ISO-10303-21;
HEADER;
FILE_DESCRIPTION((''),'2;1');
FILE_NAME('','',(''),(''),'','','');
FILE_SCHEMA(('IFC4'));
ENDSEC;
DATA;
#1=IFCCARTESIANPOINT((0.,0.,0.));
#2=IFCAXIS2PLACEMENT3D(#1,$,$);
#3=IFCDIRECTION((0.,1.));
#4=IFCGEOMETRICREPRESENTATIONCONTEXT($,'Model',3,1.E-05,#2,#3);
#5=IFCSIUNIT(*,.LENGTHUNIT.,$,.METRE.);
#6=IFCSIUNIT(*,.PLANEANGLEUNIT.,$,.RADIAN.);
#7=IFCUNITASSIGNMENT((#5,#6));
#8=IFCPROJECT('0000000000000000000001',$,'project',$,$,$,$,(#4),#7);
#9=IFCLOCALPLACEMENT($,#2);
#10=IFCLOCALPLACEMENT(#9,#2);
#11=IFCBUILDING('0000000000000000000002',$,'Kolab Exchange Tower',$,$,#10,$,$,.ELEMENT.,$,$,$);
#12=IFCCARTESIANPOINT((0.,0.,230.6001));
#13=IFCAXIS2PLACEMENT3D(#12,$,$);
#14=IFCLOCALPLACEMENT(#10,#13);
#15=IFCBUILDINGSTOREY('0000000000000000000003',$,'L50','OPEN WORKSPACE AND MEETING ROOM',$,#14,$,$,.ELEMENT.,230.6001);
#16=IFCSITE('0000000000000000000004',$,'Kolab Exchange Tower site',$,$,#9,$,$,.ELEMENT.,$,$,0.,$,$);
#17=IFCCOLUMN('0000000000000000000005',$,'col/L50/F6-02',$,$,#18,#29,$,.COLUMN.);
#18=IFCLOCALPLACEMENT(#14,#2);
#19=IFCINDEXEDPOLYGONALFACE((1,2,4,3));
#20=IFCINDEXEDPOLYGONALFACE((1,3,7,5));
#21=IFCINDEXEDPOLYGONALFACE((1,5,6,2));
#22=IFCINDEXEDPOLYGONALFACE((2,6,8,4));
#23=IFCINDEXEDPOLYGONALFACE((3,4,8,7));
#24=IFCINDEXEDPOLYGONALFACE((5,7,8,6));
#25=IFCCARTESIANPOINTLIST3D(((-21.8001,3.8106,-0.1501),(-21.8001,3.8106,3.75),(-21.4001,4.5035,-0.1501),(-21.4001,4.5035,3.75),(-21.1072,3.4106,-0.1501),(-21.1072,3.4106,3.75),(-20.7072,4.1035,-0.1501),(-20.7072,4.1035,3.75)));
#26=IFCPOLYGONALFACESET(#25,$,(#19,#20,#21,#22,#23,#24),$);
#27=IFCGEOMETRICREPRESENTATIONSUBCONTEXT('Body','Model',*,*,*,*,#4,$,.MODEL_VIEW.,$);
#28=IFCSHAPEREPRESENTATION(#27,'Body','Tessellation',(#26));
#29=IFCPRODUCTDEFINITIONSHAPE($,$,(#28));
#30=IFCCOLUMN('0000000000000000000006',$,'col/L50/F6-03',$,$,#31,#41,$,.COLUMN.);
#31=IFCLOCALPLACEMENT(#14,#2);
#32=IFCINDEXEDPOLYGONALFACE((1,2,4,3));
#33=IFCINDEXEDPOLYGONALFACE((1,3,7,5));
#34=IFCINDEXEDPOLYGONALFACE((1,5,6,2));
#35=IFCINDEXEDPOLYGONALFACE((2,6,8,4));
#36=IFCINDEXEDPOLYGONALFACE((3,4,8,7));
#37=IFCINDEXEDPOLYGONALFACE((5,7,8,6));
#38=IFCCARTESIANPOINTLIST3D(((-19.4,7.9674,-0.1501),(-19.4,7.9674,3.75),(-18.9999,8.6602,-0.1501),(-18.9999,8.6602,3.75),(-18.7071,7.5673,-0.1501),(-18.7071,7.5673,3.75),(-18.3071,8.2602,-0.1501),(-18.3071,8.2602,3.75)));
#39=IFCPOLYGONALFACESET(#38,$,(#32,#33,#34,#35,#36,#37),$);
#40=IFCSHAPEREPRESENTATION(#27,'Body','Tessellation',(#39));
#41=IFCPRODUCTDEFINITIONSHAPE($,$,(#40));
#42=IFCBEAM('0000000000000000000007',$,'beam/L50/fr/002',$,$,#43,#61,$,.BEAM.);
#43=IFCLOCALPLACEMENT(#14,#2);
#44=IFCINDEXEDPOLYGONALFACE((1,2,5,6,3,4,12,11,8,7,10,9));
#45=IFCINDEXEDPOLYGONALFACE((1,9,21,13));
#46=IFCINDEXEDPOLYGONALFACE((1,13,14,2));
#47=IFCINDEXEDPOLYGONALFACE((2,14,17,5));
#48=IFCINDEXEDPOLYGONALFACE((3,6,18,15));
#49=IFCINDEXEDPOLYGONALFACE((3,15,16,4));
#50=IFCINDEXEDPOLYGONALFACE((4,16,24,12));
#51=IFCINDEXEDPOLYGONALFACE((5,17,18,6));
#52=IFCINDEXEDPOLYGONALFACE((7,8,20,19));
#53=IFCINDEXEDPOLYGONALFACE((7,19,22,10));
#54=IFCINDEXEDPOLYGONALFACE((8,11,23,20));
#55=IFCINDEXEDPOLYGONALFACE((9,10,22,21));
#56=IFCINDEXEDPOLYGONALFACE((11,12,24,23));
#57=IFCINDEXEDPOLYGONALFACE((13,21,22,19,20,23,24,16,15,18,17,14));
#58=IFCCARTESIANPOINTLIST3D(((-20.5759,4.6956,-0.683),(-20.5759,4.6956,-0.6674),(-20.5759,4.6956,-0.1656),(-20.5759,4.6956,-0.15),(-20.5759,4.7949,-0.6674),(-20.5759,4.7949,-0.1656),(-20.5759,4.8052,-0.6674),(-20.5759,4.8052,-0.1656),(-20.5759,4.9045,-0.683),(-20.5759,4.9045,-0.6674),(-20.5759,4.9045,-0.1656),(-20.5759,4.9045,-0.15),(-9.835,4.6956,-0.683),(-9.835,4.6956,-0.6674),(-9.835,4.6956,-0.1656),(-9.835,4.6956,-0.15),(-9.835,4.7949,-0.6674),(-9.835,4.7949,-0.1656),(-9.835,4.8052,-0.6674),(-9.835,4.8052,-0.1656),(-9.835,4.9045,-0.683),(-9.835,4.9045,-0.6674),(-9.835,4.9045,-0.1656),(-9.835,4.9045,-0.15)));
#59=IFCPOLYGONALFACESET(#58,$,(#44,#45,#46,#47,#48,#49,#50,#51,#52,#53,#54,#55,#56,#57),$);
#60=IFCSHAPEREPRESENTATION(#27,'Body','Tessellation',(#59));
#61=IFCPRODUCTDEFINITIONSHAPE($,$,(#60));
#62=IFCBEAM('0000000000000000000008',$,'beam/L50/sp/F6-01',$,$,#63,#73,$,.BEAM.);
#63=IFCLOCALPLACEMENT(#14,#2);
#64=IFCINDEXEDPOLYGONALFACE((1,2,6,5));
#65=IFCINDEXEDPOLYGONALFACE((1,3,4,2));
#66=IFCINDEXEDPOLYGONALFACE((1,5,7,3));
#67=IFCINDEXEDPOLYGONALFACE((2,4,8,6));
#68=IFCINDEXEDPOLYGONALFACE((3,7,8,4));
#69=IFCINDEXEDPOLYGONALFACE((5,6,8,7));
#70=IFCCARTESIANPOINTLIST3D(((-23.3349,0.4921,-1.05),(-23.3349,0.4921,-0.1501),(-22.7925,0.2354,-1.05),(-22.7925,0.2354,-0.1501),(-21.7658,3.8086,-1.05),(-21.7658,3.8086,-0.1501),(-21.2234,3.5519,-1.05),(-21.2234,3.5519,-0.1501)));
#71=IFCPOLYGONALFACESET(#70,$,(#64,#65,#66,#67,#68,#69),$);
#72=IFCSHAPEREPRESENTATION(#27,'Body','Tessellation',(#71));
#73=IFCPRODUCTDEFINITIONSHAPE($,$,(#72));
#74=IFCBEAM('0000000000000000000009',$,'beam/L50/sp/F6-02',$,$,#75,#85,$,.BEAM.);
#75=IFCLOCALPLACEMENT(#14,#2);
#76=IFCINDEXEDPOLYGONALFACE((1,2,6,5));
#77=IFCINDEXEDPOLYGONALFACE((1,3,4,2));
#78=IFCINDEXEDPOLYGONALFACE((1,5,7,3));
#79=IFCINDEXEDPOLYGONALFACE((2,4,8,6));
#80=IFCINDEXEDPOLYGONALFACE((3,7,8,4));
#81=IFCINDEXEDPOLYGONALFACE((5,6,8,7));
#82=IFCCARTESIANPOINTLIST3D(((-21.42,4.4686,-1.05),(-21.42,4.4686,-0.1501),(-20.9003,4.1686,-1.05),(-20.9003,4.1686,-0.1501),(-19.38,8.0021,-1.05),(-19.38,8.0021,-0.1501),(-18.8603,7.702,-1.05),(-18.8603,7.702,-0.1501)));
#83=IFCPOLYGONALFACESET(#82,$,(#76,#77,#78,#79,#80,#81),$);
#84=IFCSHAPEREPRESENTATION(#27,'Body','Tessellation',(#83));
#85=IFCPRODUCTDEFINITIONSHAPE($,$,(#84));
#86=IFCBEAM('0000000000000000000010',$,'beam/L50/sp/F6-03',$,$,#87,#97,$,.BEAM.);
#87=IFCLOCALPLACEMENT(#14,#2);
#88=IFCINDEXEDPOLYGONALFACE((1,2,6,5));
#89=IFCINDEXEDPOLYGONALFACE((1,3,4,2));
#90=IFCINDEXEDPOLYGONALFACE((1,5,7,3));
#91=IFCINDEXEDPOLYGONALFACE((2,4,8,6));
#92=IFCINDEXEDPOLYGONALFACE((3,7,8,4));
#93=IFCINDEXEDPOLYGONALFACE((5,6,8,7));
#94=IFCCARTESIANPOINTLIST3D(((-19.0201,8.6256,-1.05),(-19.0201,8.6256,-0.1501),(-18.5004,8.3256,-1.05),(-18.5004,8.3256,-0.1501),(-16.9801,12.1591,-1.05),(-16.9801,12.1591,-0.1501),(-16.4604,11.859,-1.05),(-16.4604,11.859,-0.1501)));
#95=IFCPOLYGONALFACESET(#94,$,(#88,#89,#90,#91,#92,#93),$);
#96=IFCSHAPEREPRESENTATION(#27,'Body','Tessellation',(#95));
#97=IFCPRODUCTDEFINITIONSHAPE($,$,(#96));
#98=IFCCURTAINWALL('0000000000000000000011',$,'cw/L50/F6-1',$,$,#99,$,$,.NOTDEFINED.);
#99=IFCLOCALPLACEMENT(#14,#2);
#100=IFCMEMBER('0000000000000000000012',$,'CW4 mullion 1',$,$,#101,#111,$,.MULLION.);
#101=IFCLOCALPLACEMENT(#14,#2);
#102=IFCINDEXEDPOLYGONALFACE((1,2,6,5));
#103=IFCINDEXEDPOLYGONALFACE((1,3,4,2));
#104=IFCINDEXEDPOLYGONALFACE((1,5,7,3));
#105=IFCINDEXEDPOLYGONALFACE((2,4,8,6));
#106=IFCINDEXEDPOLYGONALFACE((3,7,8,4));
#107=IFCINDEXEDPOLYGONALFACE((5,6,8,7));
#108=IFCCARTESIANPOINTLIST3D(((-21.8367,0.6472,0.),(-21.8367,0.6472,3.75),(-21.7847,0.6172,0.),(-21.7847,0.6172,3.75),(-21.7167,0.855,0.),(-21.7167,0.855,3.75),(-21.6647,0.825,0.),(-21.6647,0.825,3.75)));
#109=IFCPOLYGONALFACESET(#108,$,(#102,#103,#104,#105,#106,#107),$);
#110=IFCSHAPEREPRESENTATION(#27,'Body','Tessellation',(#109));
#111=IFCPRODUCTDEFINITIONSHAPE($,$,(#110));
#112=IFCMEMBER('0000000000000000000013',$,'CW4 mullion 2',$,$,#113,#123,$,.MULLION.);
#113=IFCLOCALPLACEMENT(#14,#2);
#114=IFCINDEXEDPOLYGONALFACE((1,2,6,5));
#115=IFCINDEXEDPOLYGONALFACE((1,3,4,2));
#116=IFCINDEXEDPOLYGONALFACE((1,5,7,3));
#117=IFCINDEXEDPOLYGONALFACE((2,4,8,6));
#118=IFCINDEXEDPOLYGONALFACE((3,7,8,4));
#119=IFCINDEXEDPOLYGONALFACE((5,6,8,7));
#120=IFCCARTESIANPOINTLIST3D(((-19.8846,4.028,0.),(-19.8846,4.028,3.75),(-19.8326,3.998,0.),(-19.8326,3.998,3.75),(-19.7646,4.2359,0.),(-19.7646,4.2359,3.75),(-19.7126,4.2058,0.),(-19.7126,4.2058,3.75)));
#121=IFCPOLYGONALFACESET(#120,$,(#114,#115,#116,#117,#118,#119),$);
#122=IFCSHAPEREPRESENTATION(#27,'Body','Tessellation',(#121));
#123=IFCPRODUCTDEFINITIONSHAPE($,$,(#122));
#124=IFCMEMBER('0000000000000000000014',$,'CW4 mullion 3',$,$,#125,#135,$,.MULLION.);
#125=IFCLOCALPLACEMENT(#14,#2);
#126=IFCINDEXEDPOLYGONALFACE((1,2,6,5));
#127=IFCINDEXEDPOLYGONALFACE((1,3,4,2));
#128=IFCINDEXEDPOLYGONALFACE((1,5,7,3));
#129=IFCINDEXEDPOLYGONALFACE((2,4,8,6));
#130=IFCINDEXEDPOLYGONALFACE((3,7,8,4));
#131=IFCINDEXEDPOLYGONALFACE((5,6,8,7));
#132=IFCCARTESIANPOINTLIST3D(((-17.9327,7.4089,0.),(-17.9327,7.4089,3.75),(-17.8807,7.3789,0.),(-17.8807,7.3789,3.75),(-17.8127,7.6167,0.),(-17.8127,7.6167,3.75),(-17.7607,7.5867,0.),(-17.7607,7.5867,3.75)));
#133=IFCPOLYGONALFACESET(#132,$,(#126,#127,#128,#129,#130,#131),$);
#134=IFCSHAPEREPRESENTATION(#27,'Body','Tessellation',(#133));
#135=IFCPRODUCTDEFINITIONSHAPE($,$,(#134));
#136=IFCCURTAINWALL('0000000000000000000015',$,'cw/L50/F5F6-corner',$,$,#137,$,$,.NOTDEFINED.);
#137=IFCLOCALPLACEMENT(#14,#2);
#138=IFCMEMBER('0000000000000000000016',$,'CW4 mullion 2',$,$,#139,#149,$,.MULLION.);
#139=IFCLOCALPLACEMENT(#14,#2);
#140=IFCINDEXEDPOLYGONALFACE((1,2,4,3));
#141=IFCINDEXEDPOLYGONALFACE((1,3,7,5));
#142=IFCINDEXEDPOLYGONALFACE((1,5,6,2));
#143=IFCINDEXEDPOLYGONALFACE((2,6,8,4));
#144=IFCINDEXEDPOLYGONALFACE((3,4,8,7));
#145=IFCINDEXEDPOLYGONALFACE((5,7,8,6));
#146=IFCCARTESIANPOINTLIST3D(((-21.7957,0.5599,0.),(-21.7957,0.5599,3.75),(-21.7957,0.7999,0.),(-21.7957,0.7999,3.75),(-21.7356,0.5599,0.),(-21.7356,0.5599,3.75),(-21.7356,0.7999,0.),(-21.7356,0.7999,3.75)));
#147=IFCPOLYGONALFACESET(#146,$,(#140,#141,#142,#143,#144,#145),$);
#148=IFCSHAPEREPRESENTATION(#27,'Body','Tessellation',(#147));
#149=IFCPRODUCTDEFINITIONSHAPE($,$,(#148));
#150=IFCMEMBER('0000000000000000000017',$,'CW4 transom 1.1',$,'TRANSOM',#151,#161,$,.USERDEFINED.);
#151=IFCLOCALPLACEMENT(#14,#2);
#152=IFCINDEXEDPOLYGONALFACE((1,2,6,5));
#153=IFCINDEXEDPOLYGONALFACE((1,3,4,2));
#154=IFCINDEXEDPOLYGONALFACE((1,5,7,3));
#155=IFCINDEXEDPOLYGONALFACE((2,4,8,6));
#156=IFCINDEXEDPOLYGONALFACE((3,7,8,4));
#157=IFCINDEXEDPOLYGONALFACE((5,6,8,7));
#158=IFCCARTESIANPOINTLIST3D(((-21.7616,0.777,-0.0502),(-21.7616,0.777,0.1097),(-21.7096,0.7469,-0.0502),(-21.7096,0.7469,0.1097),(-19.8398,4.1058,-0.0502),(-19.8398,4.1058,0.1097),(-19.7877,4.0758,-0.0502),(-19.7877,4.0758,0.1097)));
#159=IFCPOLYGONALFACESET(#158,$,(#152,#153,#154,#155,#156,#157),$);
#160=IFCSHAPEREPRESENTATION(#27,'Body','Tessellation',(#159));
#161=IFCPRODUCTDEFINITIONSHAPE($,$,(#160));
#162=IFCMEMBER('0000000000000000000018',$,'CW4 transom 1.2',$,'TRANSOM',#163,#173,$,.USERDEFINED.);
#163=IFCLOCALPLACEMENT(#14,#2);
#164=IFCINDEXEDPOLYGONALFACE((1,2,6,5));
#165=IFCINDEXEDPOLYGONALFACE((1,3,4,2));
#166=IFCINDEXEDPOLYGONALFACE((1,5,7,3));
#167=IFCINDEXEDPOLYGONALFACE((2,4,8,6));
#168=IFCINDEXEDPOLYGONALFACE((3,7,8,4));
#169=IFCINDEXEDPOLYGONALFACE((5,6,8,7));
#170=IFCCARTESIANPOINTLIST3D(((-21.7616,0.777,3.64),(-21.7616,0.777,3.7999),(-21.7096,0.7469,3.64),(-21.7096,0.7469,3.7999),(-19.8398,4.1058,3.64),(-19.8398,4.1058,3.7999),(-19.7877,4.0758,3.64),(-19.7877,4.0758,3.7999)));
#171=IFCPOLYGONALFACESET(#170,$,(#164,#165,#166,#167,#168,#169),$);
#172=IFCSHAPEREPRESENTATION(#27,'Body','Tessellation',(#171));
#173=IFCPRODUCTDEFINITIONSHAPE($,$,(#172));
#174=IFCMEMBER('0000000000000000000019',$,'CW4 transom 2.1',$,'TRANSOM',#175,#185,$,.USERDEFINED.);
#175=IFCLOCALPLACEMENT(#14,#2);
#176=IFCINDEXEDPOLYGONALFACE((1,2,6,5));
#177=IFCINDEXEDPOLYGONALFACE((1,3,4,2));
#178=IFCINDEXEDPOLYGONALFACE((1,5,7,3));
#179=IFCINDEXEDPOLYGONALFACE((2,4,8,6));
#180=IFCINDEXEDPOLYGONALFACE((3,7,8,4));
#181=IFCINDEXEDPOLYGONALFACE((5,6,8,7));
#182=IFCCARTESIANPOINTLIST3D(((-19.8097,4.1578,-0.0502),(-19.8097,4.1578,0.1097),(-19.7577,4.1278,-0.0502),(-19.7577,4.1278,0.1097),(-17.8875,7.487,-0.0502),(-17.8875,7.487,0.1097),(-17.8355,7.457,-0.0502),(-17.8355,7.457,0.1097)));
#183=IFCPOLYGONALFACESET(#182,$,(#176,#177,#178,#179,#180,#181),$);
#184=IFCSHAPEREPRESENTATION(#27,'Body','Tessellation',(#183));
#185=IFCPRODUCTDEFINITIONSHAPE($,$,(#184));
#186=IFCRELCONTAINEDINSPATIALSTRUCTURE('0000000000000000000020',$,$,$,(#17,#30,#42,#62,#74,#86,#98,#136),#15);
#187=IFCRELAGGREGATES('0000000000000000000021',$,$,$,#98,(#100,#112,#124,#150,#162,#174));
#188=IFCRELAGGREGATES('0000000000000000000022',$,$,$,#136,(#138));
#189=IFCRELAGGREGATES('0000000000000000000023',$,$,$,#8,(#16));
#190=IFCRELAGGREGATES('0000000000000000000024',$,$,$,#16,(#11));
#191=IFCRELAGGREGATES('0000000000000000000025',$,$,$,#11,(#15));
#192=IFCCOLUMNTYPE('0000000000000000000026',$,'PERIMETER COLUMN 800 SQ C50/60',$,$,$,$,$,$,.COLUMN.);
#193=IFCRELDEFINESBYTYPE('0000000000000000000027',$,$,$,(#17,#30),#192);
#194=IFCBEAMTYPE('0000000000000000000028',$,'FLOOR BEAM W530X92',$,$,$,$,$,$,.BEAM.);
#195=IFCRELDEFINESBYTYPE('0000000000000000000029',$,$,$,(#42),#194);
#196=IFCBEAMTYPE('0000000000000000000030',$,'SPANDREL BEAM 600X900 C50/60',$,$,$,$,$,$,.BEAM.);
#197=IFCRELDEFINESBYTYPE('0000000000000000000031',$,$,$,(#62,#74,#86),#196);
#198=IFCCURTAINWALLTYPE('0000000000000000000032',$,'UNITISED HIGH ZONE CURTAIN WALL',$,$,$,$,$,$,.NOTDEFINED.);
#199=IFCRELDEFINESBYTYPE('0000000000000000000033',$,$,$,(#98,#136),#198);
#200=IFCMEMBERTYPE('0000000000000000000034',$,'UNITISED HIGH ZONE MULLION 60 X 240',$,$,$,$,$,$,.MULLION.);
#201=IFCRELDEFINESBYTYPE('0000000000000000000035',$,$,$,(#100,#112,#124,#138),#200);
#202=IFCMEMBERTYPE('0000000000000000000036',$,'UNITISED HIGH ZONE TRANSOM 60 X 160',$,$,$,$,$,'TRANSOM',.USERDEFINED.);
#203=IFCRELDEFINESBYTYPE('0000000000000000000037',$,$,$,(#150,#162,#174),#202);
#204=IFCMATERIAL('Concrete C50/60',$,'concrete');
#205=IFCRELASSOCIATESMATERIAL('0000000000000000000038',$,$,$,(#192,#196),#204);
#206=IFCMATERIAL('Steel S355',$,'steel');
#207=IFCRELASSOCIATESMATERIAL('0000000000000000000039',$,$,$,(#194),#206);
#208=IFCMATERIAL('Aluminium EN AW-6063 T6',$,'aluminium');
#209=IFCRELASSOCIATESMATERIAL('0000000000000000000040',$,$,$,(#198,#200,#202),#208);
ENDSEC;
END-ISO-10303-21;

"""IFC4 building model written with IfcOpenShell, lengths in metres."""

from ifc_helpers import new_model, si_unit, direction, frame, origin, origin_2d, place, context, subcontext, project, spatial, rectangle, i_section, extrude, material, material_profile, profile_set, type_object, element, aggregate, save


model = new_model("IFC4")

# Units and contexts
model_context = context("Model", 3, precision=1e-05, world=origin(), true_north=direction((0.0, 1.0)))
body_context = subcontext(model_context, "Body", "Model", "MODEL_VIEW")
ifc_project = project(units=[si_unit("LENGTHUNIT", "METRE"), si_unit("PLANEANGLEUNIT", "RADIAN")], contexts=[model_context])

# Site, building, storey
site_placement = place(None, origin())
site = spatial("IfcSite", under=ifc_project, at=site_placement, Name="Kolab Exchange Tower site", CompositionType="ELEMENT", RefElevation=0.0)
building_placement = place(site_placement, origin())
building = spatial("IfcBuilding", under=site, at=building_placement, Name="Kolab Exchange Tower", CompositionType="ELEMENT")
storey_placement = place(building_placement, frame((0.0, 0.0, 230.6001)))
storey = spatial("IfcBuildingStorey", under=building, at=storey_placement, Name="L50", Description="OPEN WORKSPACE AND MEETING ROOM", CompositionType="ELEMENT", Elevation=230.6001)

# Columns
ifc_material_1 = material(Name="Concrete C50/60", Category="concrete")
ifc_material_profile_1 = material_profile(ifc_material_1, rectangle(XDim=0.8, YDim=0.8, at=origin_2d()), Name="RC800")
ifc_profile_set_1 = profile_set([ifc_material_profile_1], Name="Concrete C50/60")
column_type = type_object("IfcColumnType", Name="PERIMETER COLUMN 800 SQ C50/60", PredefinedType="COLUMN", material=ifc_profile_set_1)
for number, where, z_axis, x_axis, name in (
    (1, (-21.2537, 3.957, -0.1501), (0.0, 0.0, 1.0), (0.5, 0.866025, 0.0), "col/L50/F6-02"),
    (2, (-18.8535, 8.1138, -0.1501), (0.0, 0.0, 1.0), (0.5, 0.866025, 0.0), "col/L50/F6-03"),
):
    element("IfcColumn", number, at=place(storey_placement, frame(where, z_axis=z_axis, x_axis=x_axis)), inside=storey, type_object=column_type, Name=name, PredefinedType="COLUMN", context=body_context, shape_type="SweptSolid", body=[
        extrude(rectangle(XDim=0.8, YDim=0.8, at=origin_2d()), origin(), (0.0, 0.0, 1.0), 3.9001),
    ])

# Beams
ifc_material_2 = material(Name="Steel S355", Category="steel")
ifc_material_profile_2 = material_profile(ifc_material_2, i_section(OverallWidth=0.209, OverallDepth=0.533, WebThickness=0.0103, FlangeThickness=0.0156, at=origin_2d()), Name="W530X92")
ifc_profile_set_2 = profile_set([ifc_material_profile_2], Name="Steel S355")
beam_type_1 = type_object("IfcBeamType", Name="FLOOR BEAM W530X92", PredefinedType="BEAM", material=ifc_profile_set_2)
beam_1_placement = place(storey_placement, frame((-20.5759, 4.8, -0.4165), z_axis=(1.0, 0.0, 0.0), x_axis=(0.0, 1.0, 0.0)))
element("IfcBeam", 3, at=beam_1_placement, inside=storey, type_object=beam_type_1, Name="beam/L50/fr/002", PredefinedType="BEAM", context=body_context, shape_type="SweptSolid", body=[
    extrude(i_section(OverallWidth=0.209, OverallDepth=0.533, WebThickness=0.0103, FlangeThickness=0.0156, at=origin_2d()), origin(), (0.0, 0.0, 1.0), 10.741),
])
ifc_material_profile_3 = material_profile(ifc_material_1, rectangle(XDim=0.6001, YDim=0.8999, at=origin_2d()), Name="RC600X900")
ifc_profile_set_3 = profile_set([ifc_material_profile_3], Name="Concrete C50/60")
beam_type_2 = type_object("IfcBeamType", Name="SPANDREL BEAM 600X900 C50/60", PredefinedType="BEAM", material=ifc_profile_set_3)
beam_2_placement = place(storey_placement, frame((-23.0637, 0.3638, -0.6001), z_axis=(0.427677, 0.903932, 0.0), x_axis=(-0.903932, 0.427677, 0.0)))
element("IfcBeam", 4, at=beam_2_placement, inside=storey, type_object=beam_type_2, Name="beam/L50/sp/F6-01", PredefinedType="BEAM", context=body_context, shape_type="SweptSolid", body=[
    extrude(rectangle(XDim=0.6001, YDim=0.8999, at=origin_2d()), origin(), (0.0, 0.0, 1.0), 3.6689),
])
for number, where, z_axis, x_axis, name in (
    (5, (-21.1602, 4.3186, -0.6001), (0.5, 0.866025, 0.0), (-0.866025, 0.5, 0.0), "beam/L50/sp/F6-02"),
    (6, (-18.7603, 8.4756, -0.6001), (0.5, 0.866025, 0.0), (-0.866025, 0.5, 0.0), "beam/L50/sp/F6-03"),
):
    element("IfcBeam", number, at=place(storey_placement, frame(where, z_axis=z_axis, x_axis=x_axis)), inside=storey, type_object=beam_type_2, Name=name, PredefinedType="BEAM", context=body_context, shape_type="SweptSolid", body=[
        extrude(rectangle(XDim=0.6001, YDim=0.8999, at=origin_2d()), origin(), (0.0, 0.0, 1.0), 4.0801),
    ])

# Curtain wall, members
ifc_material_3 = material(Name="Aluminium EN AW-6063 T6", Category="aluminium")
curtain_wall_type = type_object("IfcCurtainWallType", Name="UNITISED HIGH ZONE CURTAIN WALL", PredefinedType="NOTDEFINED", material=ifc_material_3)
curtain_wall_1_placement = place(storey_placement, origin())
curtain_wall_1 = element("IfcCurtainWall", 7, at=curtain_wall_1_placement, inside=storey, type_object=curtain_wall_type, Name="cw/L50/F6-1", PredefinedType="NOTDEFINED")
ifc_material_profile_4 = material_profile(ifc_material_3, rectangle(XDim=0.0601, YDim=0.24, at=origin_2d()), Name="RECT 60X240")
ifc_profile_set_4 = profile_set([ifc_material_profile_4], Name="Aluminium EN AW-6063 T6")
member_type_1 = type_object("IfcMemberType", Name="UNITISED HIGH ZONE MULLION 60 X 240", PredefinedType="MULLION", material=ifc_profile_set_4)
member_1_placement = place(storey_placement, frame((-21.7507, 0.7361, 0.0), z_axis=(0.0, 0.0, 1.0), x_axis=(-0.866025, 0.5, 0.0)))
member_1 = element("IfcMember", 8, at=member_1_placement, type_object=member_type_1, Name="CW4 mullion 1", PredefinedType="MULLION", context=body_context, shape_type="SweptSolid", body=[
    extrude(rectangle(XDim=0.0601, YDim=0.24, at=origin_2d()), origin(), (0.0, 0.0, 1.0), 3.75),
])
member_2_placement = place(storey_placement, frame((-19.7986, 4.1169, 0.0), z_axis=(0.0, 0.0, 1.0), x_axis=(-0.866025, 0.5, 0.0)))
member_2 = element("IfcMember", 9, at=member_2_placement, type_object=member_type_1, Name="CW4 mullion 2", PredefinedType="MULLION", context=body_context, shape_type="SweptSolid", body=[
    extrude(rectangle(XDim=0.0601, YDim=0.24, at=origin_2d()), origin(), (0.0, 0.0, 1.0), 3.75),
])
member_3_placement = place(storey_placement, frame((-17.8467, 7.4978, 0.0), z_axis=(0.0, 0.0, 1.0), x_axis=(-0.866025, 0.5, 0.0)))
member_3 = element("IfcMember", 10, at=member_3_placement, type_object=member_type_1, Name="CW4 mullion 3", PredefinedType="MULLION", context=body_context, shape_type="SweptSolid", body=[
    extrude(rectangle(XDim=0.0601, YDim=0.24, at=origin_2d()), origin(), (0.0, 0.0, 1.0), 3.75),
])

# Curtain wall, member
curtain_wall_2_placement = place(storey_placement, origin())
curtain_wall_2 = element("IfcCurtainWall", 11, at=curtain_wall_2_placement, inside=storey, type_object=curtain_wall_type, Name="cw/L50/F5F6-corner", PredefinedType="NOTDEFINED")
member_4_placement = place(storey_placement, frame((-21.7656, 0.6799, 0.0), z_axis=(0.0, 0.0, 1.0), x_axis=(-1.0, 0.0, 0.0)))
member_4 = element("IfcMember", 12, at=member_4_placement, type_object=member_type_1, Name="CW4 mullion 2", PredefinedType="MULLION", context=body_context, shape_type="SweptSolid", body=[
    extrude(rectangle(XDim=0.0601, YDim=0.24, at=origin_2d()), origin(), (0.0, 0.0, 1.0), 3.75),
])

# Members
ifc_material_profile_5 = material_profile(ifc_material_3, rectangle(XDim=0.0601, YDim=0.1599, at=origin_2d()), Name="RECT 60X160")
ifc_profile_set_5 = profile_set([ifc_material_profile_5], Name="Aluminium EN AW-6063 T6")
member_type_2 = type_object("IfcMemberType", Name="UNITISED HIGH ZONE TRANSOM 60 X 160", ElementType="TRANSOM", PredefinedType="USERDEFINED", material=ifc_profile_set_5)
member_5_placement = place(storey_placement, frame((-21.7356, 0.762, 0.0298), z_axis=(0.499992, 0.86603, 0.0), x_axis=(-0.86603, 0.499992, 0.0)))
member_5 = element("IfcMember", 13, at=member_5_placement, type_object=member_type_2, Name="CW4 transom 1.1", ObjectType="TRANSOM", PredefinedType="USERDEFINED", context=body_context, shape_type="SweptSolid", body=[
    extrude(rectangle(XDim=0.0601, YDim=0.1599, at=origin_2d()), origin(), (0.0, 0.0, 1.0), 3.8438),
])
member_6_placement = place(storey_placement, frame((-21.7356, 0.762, 3.72), z_axis=(0.499992, 0.86603, 0.0), x_axis=(-0.86603, 0.499992, 0.0)))
member_6 = element("IfcMember", 14, at=member_6_placement, type_object=member_type_2, Name="CW4 transom 1.2", ObjectType="TRANSOM", PredefinedType="USERDEFINED", context=body_context, shape_type="SweptSolid", body=[
    extrude(rectangle(XDim=0.0601, YDim=0.1599, at=origin_2d()), origin(), (0.0, 0.0, 1.0), 3.8438),
])
member_7_placement = place(storey_placement, frame((-19.7837, 4.1428, 0.0298), z_axis=(0.500012, 0.866018, 0.0), x_axis=(-0.866018, 0.500012, 0.0)))
member_7 = element("IfcMember", 15, at=member_7_placement, type_object=member_type_2, Name="CW4 transom 2.1", ObjectType="TRANSOM", PredefinedType="USERDEFINED", context=body_context, shape_type="SweptSolid", body=[
    extrude(rectangle(XDim=0.0601, YDim=0.1599, at=origin_2d()), origin(), (0.0, 0.0, 1.0), 3.8442),
])

aggregate(curtain_wall_1, [member_1, member_2, member_3, member_5, member_6, member_7])
aggregate(curtain_wall_2, [member_4])

save(model, "model.ifc")
